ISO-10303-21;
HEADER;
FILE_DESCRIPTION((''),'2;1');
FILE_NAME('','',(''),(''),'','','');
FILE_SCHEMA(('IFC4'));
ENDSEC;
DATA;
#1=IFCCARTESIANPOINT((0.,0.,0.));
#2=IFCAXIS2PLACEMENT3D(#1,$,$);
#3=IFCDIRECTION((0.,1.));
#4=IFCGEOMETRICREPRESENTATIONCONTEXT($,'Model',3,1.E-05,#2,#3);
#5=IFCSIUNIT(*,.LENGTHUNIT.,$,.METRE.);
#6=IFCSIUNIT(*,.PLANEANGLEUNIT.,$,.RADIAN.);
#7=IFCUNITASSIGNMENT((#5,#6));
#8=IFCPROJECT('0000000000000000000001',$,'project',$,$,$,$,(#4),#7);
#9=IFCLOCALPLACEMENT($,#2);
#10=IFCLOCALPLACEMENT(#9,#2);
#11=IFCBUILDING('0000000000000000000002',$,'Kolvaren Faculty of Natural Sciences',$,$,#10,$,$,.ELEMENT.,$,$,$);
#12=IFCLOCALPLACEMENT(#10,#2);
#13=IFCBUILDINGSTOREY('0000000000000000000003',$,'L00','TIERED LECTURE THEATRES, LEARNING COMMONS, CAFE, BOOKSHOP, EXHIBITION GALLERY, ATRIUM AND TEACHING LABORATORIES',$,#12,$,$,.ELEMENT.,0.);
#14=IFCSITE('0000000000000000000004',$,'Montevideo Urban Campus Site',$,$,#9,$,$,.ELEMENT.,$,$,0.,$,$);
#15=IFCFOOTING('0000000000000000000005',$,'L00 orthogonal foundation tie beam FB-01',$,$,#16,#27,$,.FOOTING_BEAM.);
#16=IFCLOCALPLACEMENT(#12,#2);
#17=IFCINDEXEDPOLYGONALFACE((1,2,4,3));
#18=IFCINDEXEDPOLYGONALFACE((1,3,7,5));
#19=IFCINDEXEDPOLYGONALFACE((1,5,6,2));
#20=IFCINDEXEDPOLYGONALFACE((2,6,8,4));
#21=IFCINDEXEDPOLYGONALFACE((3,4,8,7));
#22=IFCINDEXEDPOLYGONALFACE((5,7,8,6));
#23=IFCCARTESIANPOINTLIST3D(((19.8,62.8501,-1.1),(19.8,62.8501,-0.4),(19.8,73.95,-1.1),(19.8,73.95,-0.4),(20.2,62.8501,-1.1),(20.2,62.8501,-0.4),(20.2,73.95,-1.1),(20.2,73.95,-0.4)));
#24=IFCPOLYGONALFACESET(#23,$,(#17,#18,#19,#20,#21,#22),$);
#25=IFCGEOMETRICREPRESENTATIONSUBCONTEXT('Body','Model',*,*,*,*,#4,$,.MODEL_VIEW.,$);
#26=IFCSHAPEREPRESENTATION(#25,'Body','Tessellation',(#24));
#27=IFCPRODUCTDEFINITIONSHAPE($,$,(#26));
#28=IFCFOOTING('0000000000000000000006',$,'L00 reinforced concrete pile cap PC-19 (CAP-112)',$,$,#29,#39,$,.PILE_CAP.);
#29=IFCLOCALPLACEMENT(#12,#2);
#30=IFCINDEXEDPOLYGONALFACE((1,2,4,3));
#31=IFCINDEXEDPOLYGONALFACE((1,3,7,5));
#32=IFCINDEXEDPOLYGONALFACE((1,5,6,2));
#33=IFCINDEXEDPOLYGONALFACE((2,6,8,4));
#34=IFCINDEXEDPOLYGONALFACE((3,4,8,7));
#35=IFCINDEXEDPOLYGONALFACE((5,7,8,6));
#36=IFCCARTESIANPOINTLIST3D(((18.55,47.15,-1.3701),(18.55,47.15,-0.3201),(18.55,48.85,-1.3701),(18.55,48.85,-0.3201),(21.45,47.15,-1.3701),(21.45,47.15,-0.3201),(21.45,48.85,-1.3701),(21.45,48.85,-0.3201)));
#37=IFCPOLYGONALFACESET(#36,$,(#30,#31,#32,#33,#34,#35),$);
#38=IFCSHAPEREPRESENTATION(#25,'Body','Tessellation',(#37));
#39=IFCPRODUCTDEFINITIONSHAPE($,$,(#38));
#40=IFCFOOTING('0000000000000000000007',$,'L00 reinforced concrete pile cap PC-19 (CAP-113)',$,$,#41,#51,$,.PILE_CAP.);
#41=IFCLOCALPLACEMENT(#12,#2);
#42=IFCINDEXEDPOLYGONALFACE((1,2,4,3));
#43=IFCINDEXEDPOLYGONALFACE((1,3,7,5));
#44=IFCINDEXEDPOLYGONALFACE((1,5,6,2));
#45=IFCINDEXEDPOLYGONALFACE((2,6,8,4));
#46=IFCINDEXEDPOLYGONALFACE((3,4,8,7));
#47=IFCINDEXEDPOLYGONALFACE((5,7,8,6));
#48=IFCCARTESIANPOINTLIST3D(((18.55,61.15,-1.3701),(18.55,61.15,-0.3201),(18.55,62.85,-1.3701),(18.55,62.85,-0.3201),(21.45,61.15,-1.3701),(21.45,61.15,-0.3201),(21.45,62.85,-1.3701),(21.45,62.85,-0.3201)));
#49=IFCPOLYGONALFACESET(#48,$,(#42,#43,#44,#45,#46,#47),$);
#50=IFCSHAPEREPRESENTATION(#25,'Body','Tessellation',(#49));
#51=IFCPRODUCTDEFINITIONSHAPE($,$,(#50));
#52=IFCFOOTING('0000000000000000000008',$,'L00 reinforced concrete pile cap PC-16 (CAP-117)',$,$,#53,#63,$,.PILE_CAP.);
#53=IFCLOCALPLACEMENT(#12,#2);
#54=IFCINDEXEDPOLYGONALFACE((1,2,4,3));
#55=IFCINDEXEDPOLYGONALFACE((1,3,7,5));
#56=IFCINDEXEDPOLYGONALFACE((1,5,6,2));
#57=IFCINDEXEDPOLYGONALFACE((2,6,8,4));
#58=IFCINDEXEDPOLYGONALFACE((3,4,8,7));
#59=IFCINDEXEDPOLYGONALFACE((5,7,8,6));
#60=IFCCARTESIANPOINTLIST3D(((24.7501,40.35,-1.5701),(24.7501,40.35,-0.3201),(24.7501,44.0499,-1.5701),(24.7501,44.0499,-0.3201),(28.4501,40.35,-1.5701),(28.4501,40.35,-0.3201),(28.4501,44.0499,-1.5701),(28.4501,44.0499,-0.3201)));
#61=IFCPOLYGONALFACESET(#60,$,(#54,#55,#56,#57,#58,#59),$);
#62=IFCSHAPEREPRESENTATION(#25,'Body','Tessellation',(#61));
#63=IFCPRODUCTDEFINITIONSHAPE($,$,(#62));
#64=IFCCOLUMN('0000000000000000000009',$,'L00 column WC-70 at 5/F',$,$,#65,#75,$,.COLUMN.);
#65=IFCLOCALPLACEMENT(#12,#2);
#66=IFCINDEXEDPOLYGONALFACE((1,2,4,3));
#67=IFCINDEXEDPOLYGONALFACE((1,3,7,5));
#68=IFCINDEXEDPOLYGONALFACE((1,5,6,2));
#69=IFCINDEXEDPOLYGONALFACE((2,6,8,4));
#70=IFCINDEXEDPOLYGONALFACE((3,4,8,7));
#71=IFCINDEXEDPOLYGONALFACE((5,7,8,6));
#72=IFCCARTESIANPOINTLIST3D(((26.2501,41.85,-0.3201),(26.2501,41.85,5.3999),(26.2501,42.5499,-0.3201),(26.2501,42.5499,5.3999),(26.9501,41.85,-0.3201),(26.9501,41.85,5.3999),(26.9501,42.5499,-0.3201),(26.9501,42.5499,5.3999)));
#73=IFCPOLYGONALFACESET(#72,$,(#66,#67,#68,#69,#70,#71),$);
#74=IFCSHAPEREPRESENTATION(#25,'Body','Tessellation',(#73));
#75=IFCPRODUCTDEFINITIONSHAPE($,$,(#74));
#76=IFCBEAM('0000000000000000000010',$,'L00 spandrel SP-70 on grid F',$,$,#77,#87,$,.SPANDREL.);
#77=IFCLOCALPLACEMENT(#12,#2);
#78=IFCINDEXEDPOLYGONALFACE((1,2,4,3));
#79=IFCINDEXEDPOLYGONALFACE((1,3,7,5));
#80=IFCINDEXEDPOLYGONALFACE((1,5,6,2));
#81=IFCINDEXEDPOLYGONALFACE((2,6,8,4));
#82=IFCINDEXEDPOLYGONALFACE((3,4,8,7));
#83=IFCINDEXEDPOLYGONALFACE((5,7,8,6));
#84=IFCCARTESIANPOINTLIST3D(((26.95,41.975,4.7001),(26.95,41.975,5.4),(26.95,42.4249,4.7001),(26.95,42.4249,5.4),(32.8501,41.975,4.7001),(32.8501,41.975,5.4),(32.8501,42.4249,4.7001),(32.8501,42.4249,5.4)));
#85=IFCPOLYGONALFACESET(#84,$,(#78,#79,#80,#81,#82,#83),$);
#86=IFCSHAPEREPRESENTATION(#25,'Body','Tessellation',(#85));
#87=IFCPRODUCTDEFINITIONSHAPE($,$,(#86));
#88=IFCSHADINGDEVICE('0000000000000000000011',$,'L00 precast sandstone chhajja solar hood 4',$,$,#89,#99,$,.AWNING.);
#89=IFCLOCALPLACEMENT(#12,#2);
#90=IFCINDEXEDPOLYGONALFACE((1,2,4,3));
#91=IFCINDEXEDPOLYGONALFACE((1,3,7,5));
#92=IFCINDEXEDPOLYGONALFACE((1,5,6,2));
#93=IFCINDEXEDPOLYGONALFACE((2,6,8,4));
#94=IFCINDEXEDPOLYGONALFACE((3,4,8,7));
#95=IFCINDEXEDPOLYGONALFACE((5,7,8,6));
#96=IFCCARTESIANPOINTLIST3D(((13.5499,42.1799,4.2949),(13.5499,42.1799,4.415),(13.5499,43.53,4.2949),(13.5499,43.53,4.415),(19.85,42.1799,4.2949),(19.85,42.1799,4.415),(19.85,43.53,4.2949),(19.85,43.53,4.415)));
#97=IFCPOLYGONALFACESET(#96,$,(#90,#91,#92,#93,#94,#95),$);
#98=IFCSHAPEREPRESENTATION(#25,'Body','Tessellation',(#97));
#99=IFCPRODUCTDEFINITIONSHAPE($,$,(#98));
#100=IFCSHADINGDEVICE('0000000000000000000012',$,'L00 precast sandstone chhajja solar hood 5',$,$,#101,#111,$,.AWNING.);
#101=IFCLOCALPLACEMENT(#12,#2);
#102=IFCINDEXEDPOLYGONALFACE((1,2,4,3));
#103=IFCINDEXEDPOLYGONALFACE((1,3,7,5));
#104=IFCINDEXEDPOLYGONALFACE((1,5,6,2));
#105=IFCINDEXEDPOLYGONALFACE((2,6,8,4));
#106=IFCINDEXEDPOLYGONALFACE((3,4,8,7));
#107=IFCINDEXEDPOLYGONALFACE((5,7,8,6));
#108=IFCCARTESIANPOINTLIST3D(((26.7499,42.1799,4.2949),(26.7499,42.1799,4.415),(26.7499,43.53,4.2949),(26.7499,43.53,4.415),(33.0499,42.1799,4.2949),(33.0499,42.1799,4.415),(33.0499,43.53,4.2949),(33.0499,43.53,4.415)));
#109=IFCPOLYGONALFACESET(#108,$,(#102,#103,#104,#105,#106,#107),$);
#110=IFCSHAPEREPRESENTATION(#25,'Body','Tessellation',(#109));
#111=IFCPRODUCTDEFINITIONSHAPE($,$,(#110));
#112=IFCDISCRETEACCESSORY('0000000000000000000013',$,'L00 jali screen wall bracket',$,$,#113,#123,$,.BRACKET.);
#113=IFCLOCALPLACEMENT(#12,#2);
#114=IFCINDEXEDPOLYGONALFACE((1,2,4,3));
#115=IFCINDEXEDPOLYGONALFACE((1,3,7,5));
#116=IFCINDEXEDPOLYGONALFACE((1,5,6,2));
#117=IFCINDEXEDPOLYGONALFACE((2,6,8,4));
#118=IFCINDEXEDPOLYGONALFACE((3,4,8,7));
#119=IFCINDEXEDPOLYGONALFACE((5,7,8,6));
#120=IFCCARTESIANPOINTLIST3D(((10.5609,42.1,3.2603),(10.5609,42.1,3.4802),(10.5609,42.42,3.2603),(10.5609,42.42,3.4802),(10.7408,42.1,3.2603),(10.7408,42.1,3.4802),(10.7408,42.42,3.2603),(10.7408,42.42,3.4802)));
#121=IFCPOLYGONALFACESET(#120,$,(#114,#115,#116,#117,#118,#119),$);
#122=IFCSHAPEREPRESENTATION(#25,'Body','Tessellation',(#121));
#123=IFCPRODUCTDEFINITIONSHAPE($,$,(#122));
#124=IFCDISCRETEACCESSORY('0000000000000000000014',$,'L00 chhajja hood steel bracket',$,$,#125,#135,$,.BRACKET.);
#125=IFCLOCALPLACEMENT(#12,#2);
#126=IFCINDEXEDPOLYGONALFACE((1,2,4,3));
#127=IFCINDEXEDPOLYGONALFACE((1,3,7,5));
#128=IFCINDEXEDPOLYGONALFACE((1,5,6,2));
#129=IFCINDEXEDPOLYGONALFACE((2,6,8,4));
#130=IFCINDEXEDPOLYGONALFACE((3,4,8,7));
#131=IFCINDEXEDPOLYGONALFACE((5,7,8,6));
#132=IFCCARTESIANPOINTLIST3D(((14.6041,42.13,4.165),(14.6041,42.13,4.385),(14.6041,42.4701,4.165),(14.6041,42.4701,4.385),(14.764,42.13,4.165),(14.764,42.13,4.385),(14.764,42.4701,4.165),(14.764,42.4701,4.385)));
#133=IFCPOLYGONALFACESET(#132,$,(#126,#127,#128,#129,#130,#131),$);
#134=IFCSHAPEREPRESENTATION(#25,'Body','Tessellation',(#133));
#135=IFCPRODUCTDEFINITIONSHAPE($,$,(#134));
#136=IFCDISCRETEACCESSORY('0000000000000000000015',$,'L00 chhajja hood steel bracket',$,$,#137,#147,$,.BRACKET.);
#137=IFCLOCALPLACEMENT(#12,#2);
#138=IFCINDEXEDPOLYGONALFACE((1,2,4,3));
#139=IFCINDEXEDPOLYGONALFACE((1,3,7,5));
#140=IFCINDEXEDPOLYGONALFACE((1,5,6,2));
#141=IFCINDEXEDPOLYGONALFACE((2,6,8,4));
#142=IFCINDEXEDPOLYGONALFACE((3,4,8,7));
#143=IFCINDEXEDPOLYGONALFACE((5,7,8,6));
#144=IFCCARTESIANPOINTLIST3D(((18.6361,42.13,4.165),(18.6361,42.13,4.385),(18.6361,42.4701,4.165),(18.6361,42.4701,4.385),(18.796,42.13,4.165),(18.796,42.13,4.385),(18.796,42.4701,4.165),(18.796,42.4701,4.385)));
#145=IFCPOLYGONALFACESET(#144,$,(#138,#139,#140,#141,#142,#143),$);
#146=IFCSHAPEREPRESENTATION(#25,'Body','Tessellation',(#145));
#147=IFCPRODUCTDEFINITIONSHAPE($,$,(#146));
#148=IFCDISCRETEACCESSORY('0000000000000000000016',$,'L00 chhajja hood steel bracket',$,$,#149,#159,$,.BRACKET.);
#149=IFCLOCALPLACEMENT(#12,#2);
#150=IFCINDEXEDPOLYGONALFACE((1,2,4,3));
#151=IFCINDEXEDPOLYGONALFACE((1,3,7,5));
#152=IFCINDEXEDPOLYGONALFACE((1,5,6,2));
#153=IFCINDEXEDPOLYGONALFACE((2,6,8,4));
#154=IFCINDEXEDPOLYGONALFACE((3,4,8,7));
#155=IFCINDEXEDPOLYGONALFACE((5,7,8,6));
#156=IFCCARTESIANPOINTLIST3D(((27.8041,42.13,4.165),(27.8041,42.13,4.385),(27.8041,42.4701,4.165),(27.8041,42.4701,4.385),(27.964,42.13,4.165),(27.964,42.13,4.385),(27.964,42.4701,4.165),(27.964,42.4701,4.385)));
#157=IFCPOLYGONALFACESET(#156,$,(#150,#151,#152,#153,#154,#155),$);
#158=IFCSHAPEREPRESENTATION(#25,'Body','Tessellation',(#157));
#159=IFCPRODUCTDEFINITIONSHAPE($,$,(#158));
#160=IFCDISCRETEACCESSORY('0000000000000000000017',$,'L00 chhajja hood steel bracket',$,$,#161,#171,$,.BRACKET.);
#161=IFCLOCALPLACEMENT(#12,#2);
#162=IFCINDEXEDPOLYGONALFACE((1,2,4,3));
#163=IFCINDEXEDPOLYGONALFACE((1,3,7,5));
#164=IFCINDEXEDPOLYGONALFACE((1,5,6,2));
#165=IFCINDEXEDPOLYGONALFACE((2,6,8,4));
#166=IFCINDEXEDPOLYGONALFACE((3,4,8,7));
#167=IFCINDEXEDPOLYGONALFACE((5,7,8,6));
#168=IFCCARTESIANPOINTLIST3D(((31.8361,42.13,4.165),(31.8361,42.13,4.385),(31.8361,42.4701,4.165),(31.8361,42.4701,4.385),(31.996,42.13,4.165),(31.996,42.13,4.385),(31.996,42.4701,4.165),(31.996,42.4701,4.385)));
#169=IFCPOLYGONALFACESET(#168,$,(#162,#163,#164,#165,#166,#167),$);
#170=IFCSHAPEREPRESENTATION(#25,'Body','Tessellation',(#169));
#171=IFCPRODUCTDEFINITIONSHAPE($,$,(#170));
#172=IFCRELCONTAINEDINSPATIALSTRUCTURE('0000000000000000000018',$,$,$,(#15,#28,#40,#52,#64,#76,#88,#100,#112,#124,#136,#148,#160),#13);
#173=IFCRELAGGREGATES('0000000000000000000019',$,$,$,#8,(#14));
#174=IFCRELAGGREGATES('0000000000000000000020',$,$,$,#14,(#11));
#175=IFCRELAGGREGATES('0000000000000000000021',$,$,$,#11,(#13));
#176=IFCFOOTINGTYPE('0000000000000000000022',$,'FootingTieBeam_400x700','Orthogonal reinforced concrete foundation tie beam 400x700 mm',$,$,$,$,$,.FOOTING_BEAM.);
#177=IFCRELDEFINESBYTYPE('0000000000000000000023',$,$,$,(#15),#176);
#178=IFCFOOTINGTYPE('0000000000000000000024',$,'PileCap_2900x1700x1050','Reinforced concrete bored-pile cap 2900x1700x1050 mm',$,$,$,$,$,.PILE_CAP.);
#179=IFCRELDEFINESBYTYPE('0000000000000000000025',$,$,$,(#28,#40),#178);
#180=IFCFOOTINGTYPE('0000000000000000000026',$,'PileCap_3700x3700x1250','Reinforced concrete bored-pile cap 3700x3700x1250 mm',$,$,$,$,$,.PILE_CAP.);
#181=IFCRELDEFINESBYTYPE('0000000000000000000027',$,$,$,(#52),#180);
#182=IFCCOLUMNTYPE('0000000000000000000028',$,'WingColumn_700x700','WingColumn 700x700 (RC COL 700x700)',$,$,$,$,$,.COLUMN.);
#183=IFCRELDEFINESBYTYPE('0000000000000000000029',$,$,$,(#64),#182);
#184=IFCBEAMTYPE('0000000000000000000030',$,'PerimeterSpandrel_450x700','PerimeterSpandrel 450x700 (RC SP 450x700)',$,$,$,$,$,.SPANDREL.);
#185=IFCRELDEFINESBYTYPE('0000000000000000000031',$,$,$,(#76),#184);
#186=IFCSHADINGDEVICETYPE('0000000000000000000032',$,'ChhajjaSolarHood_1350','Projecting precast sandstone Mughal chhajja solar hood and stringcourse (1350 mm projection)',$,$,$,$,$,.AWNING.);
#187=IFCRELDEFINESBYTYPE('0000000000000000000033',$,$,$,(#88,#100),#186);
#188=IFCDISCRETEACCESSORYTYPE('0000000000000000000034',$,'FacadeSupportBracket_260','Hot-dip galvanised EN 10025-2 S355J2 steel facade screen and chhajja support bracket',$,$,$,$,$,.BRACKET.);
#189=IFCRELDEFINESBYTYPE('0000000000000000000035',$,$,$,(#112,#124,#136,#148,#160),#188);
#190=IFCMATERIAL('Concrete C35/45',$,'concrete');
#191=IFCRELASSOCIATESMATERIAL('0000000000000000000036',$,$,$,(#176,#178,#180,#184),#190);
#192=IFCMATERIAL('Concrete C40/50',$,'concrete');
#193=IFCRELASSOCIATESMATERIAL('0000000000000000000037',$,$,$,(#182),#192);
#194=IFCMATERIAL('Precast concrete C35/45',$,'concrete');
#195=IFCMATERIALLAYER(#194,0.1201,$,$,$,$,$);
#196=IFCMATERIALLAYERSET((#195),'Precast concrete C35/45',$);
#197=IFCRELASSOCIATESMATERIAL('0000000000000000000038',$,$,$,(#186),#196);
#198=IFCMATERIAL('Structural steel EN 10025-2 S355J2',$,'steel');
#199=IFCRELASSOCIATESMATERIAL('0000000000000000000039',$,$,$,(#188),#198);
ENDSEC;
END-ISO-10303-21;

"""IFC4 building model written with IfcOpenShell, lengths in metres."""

from ifc_helpers import new_model, si_unit, direction, frame, origin, origin_2d, place, context, subcontext, project, spatial, rectangle, extrude, material, layer, layer_set, material_profile, profile_set, type_object, element, save


model = new_model("IFC4")

# Units and contexts
model_context = context("Model", 3, precision=1e-05, world=origin(), true_north=direction((0.0, 1.0)))
body_context = subcontext(model_context, "Body", "Model", "MODEL_VIEW")
ifc_project = project(units=[si_unit("LENGTHUNIT", "METRE"), si_unit("PLANEANGLEUNIT", "RADIAN")], contexts=[model_context])

# Site, building, storey
site_placement = place(None, origin())
site = spatial("IfcSite", under=ifc_project, at=site_placement, Name="Montevideo Urban Campus Site", CompositionType="ELEMENT", RefElevation=0.0)
building_placement = place(site_placement, origin())
building = spatial("IfcBuilding", under=site, at=building_placement, Name="Kolvaren Faculty of Natural Sciences", CompositionType="ELEMENT")
storey_placement = place(building_placement, origin())
storey = spatial("IfcBuildingStorey", under=building, at=storey_placement, Name="L00", Description="TIERED LECTURE THEATRES, LEARNING COMMONS, CAFE, BOOKSHOP, EXHIBITION GALLERY, ATRIUM AND TEACHING LABORATORIES", CompositionType="ELEMENT", Elevation=0.0)

# Shared definitions
ifc_material_1 = material(Name="Concrete C35/45", Category="concrete")

# Footings
ifc_material_profile_1 = material_profile(ifc_material_1, rectangle(XDim=0.3999, YDim=0.7, at=origin_2d()), Name="RC FB 400x700")
ifc_profile_set_1 = profile_set([ifc_material_profile_1], Name="Concrete C35/45")
footing_type_1 = type_object("IfcFootingType", Name="FootingTieBeam_400x700", Description="Orthogonal reinforced concrete foundation tie beam 400x700 mm", PredefinedType="FOOTING_BEAM", material=ifc_profile_set_1)
footing_1_placement = place(storey_placement, frame((20.0, 62.8501, -0.75), z_axis=(0.0, 1.0, 0.0), x_axis=(-1.0, 0.0, 0.0)))
element("IfcFooting", 1, at=footing_1_placement, inside=storey, type_object=footing_type_1, Name="L00 orthogonal foundation tie beam FB-01", PredefinedType="FOOTING_BEAM", context=body_context, shape_type="SweptSolid", body=[
    extrude(rectangle(XDim=0.3999, YDim=0.7, at=origin_2d()), origin(), (0.0, 0.0, 1.0), 11.0999),
])
footing_type_2 = type_object("IfcFootingType", Name="PileCap_2900x1700x1050", Description="Reinforced concrete bored-pile cap 2900x1700x1050 mm", PredefinedType="PILE_CAP", material=ifc_material_1)
for number, where, z_axis, x_axis, name in (
    (2, (20.0, 48.0, -1.3701), (0.0, 0.0, 1.0), (1.0, 0.0, 0.0), "L00 reinforced concrete pile cap PC-19 (CAP-112)"),
    (3, (20.0, 62.0, -1.3701), (0.0, 0.0, 1.0), (1.0, 0.0, 0.0), "L00 reinforced concrete pile cap PC-19 (CAP-113)"),
):
    element("IfcFooting", number, at=place(storey_placement, frame(where, z_axis=z_axis, x_axis=x_axis)), inside=storey, type_object=footing_type_2, Name=name, PredefinedType="PILE_CAP", context=body_context, shape_type="SweptSolid", body=[
        extrude(rectangle(XDim=2.8999, YDim=1.7, at=origin_2d()), origin(), (0.0, 0.0, 1.0), 1.05),
    ])
footing_type_3 = type_object("IfcFootingType", Name="PileCap_3700x3700x1250", Description="Reinforced concrete bored-pile cap 3700x3700x1250 mm", PredefinedType="PILE_CAP", material=ifc_material_1)
footing_2_placement = place(storey_placement, frame((26.6001, 42.2, -1.5701), z_axis=(0.0, 0.0, 1.0), x_axis=(1.0, 0.0, 0.0)))
element("IfcFooting", 4, at=footing_2_placement, inside=storey, type_object=footing_type_3, Name="L00 reinforced concrete pile cap PC-16 (CAP-117)", PredefinedType="PILE_CAP", context=body_context, shape_type="SweptSolid", body=[
    extrude(rectangle(XDim=3.7, YDim=3.7, at=origin_2d()), origin(), (0.0, 0.0, 1.0), 1.25),
])

# Column
ifc_material_2 = material(Name="Concrete C40/50", Category="concrete")
ifc_material_profile_2 = material_profile(ifc_material_2, rectangle(XDim=0.7, YDim=0.7, at=origin_2d()), Name="RC COL 700x700")
ifc_profile_set_2 = profile_set([ifc_material_profile_2], Name="Concrete C40/50")
column_type = type_object("IfcColumnType", Name="WingColumn_700x700", Description="WingColumn 700x700 (RC COL 700x700)", PredefinedType="COLUMN", material=ifc_profile_set_2)
column_placement = place(storey_placement, frame((26.6001, 42.2, -0.3201), z_axis=(0.0, 0.0, 1.0), x_axis=(1.0, 0.0, 0.0)))
element("IfcColumn", 5, at=column_placement, inside=storey, type_object=column_type, Name="L00 column WC-70 at 5/F", PredefinedType="COLUMN", context=body_context, shape_type="SweptSolid", body=[
    extrude(rectangle(XDim=0.7, YDim=0.7, at=origin_2d()), origin(), (0.0, 0.0, 1.0), 5.72),
])

# Beam
ifc_material_profile_3 = material_profile(ifc_material_1, rectangle(XDim=0.45, YDim=0.7, at=origin_2d()), Name="RC SP 450x700")
ifc_profile_set_3 = profile_set([ifc_material_profile_3], Name="Concrete C35/45")
beam_type = type_object("IfcBeamType", Name="PerimeterSpandrel_450x700", Description="PerimeterSpandrel 450x700 (RC SP 450x700)", PredefinedType="SPANDREL", material=ifc_profile_set_3)
beam_placement = place(storey_placement, frame((26.95, 42.2, 5.05), z_axis=(1.0, 0.0, 0.0), x_axis=(0.0, 1.0, 0.0)))
element("IfcBeam", 6, at=beam_placement, inside=storey, type_object=beam_type, Name="L00 spandrel SP-70 on grid F", PredefinedType="SPANDREL", context=body_context, shape_type="SweptSolid", body=[
    extrude(rectangle(XDim=0.45, YDim=0.7, at=origin_2d()), origin(), (0.0, 0.0, 1.0), 5.9001),
])

# Shading devices
ifc_material_3 = material(Name="Precast concrete C35/45", Category="concrete")
ifc_layer = layer(ifc_material_3, 0.1201)
ifc_layer_set = layer_set([ifc_layer], Name="Precast concrete C35/45")
shading_device_type = type_object("IfcShadingDeviceType", Name="ChhajjaSolarHood_1350", Description="Projecting precast sandstone Mughal chhajja solar hood and stringcourse (1350 mm projection)", PredefinedType="AWNING", material=ifc_layer_set)
for number, where, z_axis, x_axis, name in (
    (7, (16.7, 42.855, 4.2949), (0.0, 0.0, 1.0), (1.0, 0.0, 0.0), "L00 precast sandstone chhajja solar hood 4"),
    (8, (29.8999, 42.855, 4.2949), (0.0, 0.0, 1.0), (1.0, 0.0, 0.0), "L00 precast sandstone chhajja solar hood 5"),
):
    element("IfcShadingDevice", number, at=place(storey_placement, frame(where, z_axis=z_axis, x_axis=x_axis)), inside=storey, type_object=shading_device_type, Name=name, PredefinedType="AWNING", context=body_context, shape_type="SweptSolid", body=[
        extrude(rectangle(XDim=6.3, YDim=1.3501, at=origin_2d()), origin(), (0.0, 0.0, 1.0), 0.1201),
    ])

# Discrete accessories
ifc_material_4 = material(Name="Structural steel EN 10025-2 S355J2", Category="steel")
discrete_accessory_type = type_object("IfcDiscreteAccessoryType", Name="FacadeSupportBracket_260", Description="Hot-dip galvanised EN 10025-2 S355J2 steel facade screen and chhajja support bracket", PredefinedType="BRACKET", material=ifc_material_4)
discrete_accessory_placement = place(storey_placement, frame((10.6509, 42.26, 3.2603), z_axis=(0.0, 0.0, 1.0), x_axis=(1.0, 0.0, 0.0)))
element("IfcDiscreteAccessory", 9, at=discrete_accessory_placement, inside=storey, type_object=discrete_accessory_type, Name="L00 jali screen wall bracket", PredefinedType="BRACKET", context=body_context, shape_type="SweptSolid", body=[
    extrude(rectangle(XDim=0.1799, YDim=0.3201, at=origin_2d()), origin(), (0.0, 0.0, 1.0), 0.22),
])
for number, where, z_axis, x_axis, name in (
    (10, (14.6841, 42.3, 4.165), (0.0, 0.0, 1.0), (1.0, 0.0, 0.0), "L00 chhajja hood steel bracket"),
    (11, (18.7161, 42.3, 4.165), (0.0, 0.0, 1.0), (1.0, 0.0, 0.0), "L00 chhajja hood steel bracket"),
    (12, (27.884, 42.3, 4.165), (0.0, 0.0, 1.0), (1.0, 0.0, 0.0), "L00 chhajja hood steel bracket"),
    (13, (31.916, 42.3, 4.165), (0.0, 0.0, 1.0), (1.0, 0.0, 0.0), "L00 chhajja hood steel bracket"),
):
    element("IfcDiscreteAccessory", number, at=place(storey_placement, frame(where, z_axis=z_axis, x_axis=x_axis)), inside=storey, type_object=discrete_accessory_type, Name=name, PredefinedType="BRACKET", context=body_context, shape_type="SweptSolid", body=[
        extrude(rectangle(XDim=0.1599, YDim=0.3401, at=origin_2d()), origin(), (0.0, 0.0, 1.0), 0.22),
    ])

save(model, "model.ifc")
